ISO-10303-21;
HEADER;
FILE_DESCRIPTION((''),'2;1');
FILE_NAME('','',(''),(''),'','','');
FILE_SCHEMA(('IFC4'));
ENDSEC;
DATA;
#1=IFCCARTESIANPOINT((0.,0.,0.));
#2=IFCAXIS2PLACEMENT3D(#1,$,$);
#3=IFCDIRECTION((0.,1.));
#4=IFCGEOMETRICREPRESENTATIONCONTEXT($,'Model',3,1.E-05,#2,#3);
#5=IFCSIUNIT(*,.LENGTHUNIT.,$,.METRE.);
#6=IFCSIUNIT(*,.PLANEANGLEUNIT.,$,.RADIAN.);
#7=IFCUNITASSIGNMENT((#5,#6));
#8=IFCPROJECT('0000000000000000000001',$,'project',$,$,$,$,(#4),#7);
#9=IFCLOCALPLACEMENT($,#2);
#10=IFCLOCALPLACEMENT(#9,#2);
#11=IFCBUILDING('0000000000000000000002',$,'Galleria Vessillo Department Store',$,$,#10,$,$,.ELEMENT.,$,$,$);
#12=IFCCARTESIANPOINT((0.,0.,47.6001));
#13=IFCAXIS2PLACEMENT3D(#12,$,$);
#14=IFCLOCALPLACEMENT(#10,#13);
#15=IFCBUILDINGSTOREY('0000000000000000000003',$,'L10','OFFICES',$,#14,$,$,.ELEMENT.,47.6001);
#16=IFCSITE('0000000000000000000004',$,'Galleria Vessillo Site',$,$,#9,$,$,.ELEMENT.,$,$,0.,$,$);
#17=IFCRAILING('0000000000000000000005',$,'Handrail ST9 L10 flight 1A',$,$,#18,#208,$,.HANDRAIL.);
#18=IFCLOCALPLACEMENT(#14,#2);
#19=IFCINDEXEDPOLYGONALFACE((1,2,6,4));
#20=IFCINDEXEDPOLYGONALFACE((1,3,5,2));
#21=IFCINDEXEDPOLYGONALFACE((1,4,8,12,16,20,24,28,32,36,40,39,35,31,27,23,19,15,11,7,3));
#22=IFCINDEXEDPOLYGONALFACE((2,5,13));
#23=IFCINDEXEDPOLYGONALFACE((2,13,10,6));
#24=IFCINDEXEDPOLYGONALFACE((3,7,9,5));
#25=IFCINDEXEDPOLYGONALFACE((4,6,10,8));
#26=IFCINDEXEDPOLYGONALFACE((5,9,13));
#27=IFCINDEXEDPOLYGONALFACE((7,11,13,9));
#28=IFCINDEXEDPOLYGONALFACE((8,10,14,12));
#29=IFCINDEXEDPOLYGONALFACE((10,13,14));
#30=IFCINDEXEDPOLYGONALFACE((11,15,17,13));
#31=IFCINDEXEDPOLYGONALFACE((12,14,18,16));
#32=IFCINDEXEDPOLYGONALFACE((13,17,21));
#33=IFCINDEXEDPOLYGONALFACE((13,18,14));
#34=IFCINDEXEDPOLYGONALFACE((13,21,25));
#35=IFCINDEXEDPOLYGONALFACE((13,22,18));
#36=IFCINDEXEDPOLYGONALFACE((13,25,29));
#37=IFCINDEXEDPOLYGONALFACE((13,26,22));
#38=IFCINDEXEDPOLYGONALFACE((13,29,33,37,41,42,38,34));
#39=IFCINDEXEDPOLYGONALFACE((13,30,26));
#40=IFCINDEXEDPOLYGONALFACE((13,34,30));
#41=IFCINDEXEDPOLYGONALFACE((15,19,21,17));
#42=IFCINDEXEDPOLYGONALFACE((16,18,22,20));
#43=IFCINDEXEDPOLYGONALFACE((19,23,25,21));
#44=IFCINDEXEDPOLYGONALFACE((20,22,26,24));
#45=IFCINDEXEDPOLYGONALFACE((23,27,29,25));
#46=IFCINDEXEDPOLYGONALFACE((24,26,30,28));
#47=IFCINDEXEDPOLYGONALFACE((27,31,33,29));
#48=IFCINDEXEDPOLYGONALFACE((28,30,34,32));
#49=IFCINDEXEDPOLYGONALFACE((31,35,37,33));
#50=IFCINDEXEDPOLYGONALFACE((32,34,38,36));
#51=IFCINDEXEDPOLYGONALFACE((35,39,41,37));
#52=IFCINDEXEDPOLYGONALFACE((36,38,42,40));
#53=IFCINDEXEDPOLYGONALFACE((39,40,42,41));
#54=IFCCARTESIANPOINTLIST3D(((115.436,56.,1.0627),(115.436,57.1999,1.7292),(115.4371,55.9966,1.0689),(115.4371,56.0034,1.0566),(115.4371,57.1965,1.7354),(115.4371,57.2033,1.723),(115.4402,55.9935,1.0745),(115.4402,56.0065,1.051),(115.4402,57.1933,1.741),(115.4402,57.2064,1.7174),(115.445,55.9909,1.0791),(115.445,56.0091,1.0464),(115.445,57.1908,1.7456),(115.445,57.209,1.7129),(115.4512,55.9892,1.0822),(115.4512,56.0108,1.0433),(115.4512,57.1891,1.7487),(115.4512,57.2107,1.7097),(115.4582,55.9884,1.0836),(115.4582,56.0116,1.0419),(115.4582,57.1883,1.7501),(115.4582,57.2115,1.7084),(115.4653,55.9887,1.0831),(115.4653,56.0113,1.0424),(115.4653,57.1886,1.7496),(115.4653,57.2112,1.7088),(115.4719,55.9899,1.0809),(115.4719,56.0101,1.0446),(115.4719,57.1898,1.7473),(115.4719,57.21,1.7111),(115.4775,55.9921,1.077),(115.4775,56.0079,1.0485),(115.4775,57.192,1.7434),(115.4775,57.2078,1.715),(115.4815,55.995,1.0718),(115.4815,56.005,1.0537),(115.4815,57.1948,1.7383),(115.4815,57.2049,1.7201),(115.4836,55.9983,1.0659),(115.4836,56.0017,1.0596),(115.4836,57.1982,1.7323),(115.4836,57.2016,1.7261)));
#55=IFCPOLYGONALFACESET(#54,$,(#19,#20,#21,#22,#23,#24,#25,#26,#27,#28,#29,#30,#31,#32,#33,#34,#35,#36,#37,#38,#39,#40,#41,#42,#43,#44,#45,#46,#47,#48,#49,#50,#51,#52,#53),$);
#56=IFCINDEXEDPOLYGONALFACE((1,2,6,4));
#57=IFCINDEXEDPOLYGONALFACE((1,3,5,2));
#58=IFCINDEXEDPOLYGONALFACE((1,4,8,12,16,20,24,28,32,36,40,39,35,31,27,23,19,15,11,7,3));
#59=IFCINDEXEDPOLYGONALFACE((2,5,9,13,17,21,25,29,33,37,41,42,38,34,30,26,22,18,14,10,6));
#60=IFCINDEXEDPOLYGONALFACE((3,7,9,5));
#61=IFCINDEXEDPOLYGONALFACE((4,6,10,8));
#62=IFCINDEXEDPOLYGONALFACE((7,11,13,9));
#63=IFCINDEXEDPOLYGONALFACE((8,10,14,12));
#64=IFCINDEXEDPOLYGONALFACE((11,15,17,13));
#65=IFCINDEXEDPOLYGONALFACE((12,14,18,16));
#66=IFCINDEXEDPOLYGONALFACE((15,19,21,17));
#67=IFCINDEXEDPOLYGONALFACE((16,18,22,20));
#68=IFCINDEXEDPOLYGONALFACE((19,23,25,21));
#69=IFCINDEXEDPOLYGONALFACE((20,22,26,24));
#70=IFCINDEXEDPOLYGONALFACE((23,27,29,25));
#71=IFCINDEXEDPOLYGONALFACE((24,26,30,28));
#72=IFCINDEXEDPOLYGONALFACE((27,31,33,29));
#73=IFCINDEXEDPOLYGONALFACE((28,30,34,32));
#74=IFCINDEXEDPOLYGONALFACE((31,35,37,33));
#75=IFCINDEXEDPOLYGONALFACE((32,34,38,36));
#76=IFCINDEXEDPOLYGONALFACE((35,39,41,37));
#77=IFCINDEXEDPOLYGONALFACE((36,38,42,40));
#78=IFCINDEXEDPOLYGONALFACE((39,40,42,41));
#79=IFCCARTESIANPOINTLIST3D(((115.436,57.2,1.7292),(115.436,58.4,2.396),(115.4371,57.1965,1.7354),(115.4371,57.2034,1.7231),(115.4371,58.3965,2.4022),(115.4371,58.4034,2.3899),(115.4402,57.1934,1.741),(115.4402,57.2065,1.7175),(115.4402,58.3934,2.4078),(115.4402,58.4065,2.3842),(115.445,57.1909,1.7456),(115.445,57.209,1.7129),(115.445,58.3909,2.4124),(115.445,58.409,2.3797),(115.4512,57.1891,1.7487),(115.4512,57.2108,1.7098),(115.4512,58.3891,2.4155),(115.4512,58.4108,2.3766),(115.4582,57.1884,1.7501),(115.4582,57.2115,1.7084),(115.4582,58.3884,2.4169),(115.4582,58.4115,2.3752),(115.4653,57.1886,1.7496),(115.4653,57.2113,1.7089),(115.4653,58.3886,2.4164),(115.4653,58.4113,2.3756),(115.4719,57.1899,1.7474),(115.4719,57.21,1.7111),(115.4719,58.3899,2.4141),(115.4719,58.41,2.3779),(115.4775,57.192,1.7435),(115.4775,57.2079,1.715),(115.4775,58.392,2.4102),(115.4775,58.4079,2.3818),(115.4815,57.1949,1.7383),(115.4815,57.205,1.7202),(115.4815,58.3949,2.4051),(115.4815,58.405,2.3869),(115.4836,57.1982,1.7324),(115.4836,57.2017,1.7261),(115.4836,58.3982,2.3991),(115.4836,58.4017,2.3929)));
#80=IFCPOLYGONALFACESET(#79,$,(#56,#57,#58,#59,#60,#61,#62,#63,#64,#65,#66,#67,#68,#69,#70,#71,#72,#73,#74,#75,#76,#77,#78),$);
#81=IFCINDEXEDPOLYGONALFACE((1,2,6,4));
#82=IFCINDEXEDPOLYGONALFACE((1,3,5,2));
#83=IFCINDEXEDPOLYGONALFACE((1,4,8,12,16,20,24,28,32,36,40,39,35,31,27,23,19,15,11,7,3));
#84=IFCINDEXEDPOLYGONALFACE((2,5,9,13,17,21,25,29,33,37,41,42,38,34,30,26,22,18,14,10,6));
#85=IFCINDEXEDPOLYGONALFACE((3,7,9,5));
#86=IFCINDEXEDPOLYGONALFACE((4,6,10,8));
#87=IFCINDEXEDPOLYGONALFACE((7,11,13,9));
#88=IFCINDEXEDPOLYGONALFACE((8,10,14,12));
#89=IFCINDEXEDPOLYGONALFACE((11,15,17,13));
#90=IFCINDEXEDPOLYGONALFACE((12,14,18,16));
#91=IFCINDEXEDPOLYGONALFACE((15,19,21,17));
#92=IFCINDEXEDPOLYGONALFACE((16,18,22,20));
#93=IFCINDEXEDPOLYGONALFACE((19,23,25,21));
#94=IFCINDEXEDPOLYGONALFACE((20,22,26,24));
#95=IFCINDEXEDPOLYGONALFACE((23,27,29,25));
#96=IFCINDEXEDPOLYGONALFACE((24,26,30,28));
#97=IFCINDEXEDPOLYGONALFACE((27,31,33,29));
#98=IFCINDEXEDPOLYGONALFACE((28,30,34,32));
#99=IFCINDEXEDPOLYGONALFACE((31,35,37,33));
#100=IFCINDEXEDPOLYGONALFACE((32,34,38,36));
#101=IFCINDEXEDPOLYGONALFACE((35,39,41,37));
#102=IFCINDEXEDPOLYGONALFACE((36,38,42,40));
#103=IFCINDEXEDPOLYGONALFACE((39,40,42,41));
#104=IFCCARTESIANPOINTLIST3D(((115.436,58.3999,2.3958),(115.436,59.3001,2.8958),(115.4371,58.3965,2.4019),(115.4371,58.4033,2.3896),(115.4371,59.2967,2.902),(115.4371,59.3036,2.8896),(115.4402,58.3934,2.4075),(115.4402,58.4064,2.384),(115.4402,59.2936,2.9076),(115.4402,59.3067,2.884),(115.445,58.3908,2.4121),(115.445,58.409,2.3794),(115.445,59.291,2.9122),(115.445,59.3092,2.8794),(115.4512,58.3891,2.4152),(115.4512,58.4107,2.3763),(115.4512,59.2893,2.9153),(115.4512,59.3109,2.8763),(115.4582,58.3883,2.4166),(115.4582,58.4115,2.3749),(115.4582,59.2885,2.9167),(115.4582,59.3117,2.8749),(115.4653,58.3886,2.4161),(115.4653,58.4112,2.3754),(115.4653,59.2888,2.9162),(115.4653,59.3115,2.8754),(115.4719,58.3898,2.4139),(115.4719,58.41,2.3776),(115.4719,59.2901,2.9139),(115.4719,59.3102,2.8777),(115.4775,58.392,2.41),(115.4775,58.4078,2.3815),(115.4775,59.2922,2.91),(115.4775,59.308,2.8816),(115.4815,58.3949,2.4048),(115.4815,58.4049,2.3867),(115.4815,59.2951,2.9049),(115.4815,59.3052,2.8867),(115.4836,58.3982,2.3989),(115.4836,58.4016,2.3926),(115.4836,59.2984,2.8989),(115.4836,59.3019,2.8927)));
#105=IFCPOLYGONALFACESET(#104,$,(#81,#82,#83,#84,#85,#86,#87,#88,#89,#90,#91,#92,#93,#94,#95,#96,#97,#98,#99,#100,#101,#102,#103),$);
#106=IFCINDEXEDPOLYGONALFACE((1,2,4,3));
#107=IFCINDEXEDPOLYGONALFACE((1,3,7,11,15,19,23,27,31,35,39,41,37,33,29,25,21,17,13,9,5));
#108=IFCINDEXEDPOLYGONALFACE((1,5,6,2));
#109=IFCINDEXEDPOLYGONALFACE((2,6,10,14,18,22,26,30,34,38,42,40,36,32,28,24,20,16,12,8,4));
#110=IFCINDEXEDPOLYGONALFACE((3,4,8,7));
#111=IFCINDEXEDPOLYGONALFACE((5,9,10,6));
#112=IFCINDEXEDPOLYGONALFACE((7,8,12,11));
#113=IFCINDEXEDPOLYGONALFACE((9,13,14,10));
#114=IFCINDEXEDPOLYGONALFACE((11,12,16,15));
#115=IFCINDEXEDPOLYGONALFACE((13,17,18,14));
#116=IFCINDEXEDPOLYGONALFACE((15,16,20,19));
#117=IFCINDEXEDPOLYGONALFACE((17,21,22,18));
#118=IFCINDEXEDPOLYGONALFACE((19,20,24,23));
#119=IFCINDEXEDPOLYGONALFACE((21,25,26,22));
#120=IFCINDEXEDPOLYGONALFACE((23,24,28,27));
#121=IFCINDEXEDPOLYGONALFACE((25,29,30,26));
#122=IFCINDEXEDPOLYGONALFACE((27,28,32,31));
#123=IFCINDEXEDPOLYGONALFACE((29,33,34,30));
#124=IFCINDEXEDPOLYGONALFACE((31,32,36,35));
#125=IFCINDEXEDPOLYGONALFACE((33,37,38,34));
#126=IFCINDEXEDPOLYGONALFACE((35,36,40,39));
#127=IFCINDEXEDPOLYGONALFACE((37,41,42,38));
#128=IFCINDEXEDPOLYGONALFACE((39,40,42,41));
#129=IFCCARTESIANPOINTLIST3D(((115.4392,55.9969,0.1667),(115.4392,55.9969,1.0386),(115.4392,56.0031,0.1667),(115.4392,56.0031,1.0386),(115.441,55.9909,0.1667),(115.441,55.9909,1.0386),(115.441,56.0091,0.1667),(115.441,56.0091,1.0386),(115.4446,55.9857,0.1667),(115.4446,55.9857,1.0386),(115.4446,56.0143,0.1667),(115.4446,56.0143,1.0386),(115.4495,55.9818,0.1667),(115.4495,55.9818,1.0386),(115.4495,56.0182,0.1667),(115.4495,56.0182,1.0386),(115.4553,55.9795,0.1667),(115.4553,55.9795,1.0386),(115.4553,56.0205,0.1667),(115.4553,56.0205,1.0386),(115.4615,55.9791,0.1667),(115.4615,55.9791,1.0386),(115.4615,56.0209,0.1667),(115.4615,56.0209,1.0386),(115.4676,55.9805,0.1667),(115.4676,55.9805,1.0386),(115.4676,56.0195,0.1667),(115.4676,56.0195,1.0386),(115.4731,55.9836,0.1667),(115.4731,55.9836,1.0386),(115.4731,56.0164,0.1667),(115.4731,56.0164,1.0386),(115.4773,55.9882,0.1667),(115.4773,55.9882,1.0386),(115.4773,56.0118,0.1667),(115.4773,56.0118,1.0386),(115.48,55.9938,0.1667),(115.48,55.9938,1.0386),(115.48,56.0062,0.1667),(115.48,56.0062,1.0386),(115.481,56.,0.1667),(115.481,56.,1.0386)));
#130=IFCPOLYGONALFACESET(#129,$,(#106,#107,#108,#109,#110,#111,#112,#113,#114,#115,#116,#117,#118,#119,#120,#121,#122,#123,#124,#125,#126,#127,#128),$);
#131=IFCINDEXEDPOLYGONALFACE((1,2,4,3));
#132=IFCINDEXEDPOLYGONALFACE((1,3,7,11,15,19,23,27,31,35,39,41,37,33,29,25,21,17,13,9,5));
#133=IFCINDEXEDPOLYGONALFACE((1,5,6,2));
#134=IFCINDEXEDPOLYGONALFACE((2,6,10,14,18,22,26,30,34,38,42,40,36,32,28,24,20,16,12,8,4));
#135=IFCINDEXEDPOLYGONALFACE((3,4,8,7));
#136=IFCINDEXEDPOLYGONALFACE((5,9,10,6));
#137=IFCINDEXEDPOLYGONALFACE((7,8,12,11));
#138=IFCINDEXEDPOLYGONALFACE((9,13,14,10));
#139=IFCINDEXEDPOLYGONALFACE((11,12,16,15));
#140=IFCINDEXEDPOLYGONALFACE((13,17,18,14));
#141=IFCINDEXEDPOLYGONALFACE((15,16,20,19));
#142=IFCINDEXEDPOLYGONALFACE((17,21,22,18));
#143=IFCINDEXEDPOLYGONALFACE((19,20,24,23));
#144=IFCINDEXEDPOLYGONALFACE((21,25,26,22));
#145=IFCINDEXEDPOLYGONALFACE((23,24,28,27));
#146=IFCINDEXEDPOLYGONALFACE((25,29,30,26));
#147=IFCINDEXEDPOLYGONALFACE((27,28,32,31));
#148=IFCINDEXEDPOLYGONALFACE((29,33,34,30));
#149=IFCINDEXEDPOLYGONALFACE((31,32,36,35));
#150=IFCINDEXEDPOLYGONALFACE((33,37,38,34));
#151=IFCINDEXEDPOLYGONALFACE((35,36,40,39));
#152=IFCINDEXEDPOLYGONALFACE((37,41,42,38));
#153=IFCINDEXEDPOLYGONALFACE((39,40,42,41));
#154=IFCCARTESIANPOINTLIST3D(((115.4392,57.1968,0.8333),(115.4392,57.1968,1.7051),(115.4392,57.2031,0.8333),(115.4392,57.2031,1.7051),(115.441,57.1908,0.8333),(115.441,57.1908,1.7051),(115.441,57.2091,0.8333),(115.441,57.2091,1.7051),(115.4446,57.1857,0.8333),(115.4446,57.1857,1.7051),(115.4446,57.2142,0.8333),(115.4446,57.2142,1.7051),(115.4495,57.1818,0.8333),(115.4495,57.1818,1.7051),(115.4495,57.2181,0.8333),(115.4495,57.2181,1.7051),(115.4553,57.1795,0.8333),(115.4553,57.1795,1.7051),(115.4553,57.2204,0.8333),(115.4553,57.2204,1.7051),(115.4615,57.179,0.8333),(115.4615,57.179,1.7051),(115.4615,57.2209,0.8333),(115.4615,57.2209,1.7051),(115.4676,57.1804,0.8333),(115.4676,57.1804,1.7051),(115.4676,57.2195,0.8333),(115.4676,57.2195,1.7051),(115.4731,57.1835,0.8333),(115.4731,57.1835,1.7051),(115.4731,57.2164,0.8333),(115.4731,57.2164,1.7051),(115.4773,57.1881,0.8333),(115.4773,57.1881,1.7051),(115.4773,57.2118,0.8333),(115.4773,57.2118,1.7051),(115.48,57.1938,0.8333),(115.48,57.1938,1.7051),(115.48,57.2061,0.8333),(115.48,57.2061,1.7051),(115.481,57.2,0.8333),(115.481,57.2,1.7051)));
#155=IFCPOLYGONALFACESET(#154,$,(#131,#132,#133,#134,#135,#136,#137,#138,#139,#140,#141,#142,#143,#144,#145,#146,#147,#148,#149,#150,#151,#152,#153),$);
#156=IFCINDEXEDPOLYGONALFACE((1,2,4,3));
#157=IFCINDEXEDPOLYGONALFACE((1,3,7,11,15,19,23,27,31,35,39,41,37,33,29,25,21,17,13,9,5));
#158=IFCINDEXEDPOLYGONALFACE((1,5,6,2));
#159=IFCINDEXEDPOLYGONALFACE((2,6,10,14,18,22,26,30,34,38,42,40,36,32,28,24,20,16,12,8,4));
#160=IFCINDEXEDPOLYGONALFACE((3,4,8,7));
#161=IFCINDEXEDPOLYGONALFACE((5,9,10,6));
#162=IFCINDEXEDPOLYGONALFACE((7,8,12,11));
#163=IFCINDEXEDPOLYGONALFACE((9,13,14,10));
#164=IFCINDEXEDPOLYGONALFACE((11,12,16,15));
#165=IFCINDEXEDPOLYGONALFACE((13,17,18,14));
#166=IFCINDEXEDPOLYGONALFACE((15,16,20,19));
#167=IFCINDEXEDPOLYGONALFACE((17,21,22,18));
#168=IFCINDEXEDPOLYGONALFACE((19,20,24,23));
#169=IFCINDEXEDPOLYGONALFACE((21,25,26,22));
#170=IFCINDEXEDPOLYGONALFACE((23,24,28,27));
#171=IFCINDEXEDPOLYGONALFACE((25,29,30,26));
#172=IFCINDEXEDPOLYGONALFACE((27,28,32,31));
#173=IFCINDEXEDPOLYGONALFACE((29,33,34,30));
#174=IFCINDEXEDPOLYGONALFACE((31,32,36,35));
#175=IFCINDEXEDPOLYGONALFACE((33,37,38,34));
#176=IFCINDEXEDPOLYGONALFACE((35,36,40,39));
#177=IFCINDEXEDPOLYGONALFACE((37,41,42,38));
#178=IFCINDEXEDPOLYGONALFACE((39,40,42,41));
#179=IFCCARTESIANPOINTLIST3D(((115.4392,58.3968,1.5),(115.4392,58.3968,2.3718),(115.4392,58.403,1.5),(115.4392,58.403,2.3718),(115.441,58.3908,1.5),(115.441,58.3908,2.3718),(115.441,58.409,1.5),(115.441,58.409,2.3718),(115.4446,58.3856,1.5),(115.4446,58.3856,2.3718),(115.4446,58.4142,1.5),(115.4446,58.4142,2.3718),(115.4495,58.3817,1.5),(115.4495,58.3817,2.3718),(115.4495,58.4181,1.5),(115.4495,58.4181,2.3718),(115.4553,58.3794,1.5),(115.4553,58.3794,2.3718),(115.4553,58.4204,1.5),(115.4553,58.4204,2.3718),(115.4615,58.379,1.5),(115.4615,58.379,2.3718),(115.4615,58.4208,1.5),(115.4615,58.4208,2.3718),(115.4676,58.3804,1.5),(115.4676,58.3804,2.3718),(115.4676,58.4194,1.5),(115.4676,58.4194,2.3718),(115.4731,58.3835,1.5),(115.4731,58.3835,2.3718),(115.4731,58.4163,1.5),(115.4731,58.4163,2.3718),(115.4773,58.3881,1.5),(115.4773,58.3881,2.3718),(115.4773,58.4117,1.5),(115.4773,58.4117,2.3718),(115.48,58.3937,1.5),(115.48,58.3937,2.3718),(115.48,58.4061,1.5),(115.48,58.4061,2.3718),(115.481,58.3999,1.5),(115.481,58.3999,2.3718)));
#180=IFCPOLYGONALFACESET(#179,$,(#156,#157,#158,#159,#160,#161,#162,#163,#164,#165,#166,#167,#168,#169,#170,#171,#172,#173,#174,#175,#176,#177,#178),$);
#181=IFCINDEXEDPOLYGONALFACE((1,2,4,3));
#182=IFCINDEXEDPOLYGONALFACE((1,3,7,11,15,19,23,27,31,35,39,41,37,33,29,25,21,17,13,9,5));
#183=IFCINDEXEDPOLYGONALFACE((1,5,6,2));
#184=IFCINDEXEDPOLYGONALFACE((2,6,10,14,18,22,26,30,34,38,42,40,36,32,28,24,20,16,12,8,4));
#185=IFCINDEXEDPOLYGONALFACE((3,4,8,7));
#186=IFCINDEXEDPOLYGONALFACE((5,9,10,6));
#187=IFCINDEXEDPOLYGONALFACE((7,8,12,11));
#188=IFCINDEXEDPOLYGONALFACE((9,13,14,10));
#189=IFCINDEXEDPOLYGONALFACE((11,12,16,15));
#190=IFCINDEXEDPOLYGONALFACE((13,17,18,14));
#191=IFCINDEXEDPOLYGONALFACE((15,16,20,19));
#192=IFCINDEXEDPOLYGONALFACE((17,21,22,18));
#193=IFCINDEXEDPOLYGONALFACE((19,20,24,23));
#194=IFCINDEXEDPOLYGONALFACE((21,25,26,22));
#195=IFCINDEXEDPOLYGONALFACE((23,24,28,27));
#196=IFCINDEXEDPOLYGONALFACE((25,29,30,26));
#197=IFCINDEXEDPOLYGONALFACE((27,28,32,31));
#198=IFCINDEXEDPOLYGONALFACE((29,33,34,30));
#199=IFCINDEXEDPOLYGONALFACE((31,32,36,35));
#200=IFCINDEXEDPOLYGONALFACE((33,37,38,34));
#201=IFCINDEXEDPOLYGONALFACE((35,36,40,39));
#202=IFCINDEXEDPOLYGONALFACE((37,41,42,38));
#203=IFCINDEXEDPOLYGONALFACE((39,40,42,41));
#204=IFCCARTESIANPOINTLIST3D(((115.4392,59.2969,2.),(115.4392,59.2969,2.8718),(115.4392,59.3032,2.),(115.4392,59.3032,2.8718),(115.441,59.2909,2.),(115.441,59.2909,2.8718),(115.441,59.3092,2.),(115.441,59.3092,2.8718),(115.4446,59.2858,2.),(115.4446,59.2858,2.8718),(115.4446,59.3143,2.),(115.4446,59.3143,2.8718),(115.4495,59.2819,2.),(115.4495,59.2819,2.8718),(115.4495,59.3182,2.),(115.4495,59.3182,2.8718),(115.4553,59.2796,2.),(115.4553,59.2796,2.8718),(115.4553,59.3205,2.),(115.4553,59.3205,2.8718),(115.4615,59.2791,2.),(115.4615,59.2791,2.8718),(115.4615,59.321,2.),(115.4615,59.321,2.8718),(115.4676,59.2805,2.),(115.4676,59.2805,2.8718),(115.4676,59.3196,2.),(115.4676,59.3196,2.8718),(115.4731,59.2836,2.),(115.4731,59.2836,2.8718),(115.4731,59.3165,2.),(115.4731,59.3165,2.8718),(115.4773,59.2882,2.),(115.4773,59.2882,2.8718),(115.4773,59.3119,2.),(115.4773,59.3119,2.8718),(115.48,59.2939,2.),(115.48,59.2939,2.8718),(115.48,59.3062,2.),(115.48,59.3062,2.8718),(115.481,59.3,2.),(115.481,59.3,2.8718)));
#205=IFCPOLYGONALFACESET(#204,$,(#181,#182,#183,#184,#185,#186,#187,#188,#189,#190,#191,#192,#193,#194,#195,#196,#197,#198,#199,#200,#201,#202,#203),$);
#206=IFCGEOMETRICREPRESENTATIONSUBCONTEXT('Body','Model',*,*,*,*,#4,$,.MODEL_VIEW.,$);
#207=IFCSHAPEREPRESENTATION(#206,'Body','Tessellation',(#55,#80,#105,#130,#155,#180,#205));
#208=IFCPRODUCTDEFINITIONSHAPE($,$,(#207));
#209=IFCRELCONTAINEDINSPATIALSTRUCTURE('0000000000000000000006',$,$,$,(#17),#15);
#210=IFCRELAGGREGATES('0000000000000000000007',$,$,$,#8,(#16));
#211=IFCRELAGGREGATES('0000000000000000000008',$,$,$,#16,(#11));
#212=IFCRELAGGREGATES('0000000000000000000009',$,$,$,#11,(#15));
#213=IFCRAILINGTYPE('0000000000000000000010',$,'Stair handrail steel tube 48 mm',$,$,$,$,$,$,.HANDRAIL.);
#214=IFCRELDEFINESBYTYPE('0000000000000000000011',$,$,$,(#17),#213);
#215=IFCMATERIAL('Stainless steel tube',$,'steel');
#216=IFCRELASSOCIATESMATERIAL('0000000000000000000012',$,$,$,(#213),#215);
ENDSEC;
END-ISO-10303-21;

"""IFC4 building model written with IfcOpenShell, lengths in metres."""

from ifc_helpers import new_model, si_unit, direction, frame, origin, origin_2d, place, context, subcontext, project, spatial, circle, extrude, material, type_object, element, save


model = new_model("IFC4")

# Units and contexts
model_context = context("Model", 3, precision=1e-05, world=origin(), true_north=direction((0.0, 1.0)))
body_context = subcontext(model_context, "Body", "Model", "MODEL_VIEW")
ifc_project = project(units=[si_unit("LENGTHUNIT", "METRE"), si_unit("PLANEANGLEUNIT", "RADIAN")], contexts=[model_context])

# Site, building, storey
site_placement = place(None, origin())
site = spatial("IfcSite", under=ifc_project, at=site_placement, Name="Galleria Vessillo Site", CompositionType="ELEMENT", RefElevation=0.0)
building_placement = place(site_placement, origin())
building = spatial("IfcBuilding", under=site, at=building_placement, Name="Galleria Vessillo Department Store", CompositionType="ELEMENT")
storey_placement = place(building_placement, frame((0.0, 0.0, 47.6001)))
storey = spatial("IfcBuildingStorey", under=building, at=storey_placement, Name="L10", Description="OFFICES", CompositionType="ELEMENT", Elevation=47.6001)

# Railing
ifc_material_1 = material(Name="Stainless steel tube", Category="steel")
railing_type = type_object("IfcRailingType", Name="Stair handrail steel tube 48 mm", PredefinedType="HANDRAIL", material=ifc_material_1)
railing_1_placement = place(storey_placement, frame((115.46, 56.0, 0.1667)))
element("IfcRailing", 1, at=railing_1_placement, inside=storey, type_object=railing_type, Name="Handrail ST9 L10 flight 1A", PredefinedType="HANDRAIL", context=body_context, shape_type="SweptSolid", body=[
    extrude(circle(Radius=0.0239, at=origin_2d()), frame((0.0, 0.0, 0.896), z_axis=(0.0, 0.874199, 0.485567), x_axis=(-1.0, 0.0, 0.0)), (0.0, 0.0, 1.0), 1.3726),
    extrude(circle(Radius=0.0239, at=origin_2d()), frame((0.0, 1.2, 1.5625), z_axis=(0.0, 0.874124, 0.485703), x_axis=(-1.0, 0.0, 0.0)), (0.0, 0.0, 1.0), 1.3728),
    extrude(circle(Radius=0.0239, at=origin_2d()), frame((0.0, 2.3999, 2.229), z_axis=(0.0, 0.874191, 0.485583), x_axis=(-1.0, 0.0, 0.0)), (0.0, 0.0, 1.0), 1.0298),
    extrude(circle(Radius=0.021, at=origin_2d()), origin(), (0.0, 0.0, 1.0), 0.8718),
    extrude(circle(Radius=0.021, at=origin_2d()), frame((0.0, 1.2, 0.6665)), (0.0, 0.0, 1.0), 0.8718),
    extrude(circle(Radius=0.021, at=origin_2d()), frame((0.0, 2.3999, 1.3333)), (0.0, 0.0, 1.0), 0.8718),
    extrude(circle(Radius=0.021, at=origin_2d()), frame((0.0, 3.3, 1.8333)), (0.0, 0.0, 1.0), 0.8718),
])

save(model, "model.ifc")
